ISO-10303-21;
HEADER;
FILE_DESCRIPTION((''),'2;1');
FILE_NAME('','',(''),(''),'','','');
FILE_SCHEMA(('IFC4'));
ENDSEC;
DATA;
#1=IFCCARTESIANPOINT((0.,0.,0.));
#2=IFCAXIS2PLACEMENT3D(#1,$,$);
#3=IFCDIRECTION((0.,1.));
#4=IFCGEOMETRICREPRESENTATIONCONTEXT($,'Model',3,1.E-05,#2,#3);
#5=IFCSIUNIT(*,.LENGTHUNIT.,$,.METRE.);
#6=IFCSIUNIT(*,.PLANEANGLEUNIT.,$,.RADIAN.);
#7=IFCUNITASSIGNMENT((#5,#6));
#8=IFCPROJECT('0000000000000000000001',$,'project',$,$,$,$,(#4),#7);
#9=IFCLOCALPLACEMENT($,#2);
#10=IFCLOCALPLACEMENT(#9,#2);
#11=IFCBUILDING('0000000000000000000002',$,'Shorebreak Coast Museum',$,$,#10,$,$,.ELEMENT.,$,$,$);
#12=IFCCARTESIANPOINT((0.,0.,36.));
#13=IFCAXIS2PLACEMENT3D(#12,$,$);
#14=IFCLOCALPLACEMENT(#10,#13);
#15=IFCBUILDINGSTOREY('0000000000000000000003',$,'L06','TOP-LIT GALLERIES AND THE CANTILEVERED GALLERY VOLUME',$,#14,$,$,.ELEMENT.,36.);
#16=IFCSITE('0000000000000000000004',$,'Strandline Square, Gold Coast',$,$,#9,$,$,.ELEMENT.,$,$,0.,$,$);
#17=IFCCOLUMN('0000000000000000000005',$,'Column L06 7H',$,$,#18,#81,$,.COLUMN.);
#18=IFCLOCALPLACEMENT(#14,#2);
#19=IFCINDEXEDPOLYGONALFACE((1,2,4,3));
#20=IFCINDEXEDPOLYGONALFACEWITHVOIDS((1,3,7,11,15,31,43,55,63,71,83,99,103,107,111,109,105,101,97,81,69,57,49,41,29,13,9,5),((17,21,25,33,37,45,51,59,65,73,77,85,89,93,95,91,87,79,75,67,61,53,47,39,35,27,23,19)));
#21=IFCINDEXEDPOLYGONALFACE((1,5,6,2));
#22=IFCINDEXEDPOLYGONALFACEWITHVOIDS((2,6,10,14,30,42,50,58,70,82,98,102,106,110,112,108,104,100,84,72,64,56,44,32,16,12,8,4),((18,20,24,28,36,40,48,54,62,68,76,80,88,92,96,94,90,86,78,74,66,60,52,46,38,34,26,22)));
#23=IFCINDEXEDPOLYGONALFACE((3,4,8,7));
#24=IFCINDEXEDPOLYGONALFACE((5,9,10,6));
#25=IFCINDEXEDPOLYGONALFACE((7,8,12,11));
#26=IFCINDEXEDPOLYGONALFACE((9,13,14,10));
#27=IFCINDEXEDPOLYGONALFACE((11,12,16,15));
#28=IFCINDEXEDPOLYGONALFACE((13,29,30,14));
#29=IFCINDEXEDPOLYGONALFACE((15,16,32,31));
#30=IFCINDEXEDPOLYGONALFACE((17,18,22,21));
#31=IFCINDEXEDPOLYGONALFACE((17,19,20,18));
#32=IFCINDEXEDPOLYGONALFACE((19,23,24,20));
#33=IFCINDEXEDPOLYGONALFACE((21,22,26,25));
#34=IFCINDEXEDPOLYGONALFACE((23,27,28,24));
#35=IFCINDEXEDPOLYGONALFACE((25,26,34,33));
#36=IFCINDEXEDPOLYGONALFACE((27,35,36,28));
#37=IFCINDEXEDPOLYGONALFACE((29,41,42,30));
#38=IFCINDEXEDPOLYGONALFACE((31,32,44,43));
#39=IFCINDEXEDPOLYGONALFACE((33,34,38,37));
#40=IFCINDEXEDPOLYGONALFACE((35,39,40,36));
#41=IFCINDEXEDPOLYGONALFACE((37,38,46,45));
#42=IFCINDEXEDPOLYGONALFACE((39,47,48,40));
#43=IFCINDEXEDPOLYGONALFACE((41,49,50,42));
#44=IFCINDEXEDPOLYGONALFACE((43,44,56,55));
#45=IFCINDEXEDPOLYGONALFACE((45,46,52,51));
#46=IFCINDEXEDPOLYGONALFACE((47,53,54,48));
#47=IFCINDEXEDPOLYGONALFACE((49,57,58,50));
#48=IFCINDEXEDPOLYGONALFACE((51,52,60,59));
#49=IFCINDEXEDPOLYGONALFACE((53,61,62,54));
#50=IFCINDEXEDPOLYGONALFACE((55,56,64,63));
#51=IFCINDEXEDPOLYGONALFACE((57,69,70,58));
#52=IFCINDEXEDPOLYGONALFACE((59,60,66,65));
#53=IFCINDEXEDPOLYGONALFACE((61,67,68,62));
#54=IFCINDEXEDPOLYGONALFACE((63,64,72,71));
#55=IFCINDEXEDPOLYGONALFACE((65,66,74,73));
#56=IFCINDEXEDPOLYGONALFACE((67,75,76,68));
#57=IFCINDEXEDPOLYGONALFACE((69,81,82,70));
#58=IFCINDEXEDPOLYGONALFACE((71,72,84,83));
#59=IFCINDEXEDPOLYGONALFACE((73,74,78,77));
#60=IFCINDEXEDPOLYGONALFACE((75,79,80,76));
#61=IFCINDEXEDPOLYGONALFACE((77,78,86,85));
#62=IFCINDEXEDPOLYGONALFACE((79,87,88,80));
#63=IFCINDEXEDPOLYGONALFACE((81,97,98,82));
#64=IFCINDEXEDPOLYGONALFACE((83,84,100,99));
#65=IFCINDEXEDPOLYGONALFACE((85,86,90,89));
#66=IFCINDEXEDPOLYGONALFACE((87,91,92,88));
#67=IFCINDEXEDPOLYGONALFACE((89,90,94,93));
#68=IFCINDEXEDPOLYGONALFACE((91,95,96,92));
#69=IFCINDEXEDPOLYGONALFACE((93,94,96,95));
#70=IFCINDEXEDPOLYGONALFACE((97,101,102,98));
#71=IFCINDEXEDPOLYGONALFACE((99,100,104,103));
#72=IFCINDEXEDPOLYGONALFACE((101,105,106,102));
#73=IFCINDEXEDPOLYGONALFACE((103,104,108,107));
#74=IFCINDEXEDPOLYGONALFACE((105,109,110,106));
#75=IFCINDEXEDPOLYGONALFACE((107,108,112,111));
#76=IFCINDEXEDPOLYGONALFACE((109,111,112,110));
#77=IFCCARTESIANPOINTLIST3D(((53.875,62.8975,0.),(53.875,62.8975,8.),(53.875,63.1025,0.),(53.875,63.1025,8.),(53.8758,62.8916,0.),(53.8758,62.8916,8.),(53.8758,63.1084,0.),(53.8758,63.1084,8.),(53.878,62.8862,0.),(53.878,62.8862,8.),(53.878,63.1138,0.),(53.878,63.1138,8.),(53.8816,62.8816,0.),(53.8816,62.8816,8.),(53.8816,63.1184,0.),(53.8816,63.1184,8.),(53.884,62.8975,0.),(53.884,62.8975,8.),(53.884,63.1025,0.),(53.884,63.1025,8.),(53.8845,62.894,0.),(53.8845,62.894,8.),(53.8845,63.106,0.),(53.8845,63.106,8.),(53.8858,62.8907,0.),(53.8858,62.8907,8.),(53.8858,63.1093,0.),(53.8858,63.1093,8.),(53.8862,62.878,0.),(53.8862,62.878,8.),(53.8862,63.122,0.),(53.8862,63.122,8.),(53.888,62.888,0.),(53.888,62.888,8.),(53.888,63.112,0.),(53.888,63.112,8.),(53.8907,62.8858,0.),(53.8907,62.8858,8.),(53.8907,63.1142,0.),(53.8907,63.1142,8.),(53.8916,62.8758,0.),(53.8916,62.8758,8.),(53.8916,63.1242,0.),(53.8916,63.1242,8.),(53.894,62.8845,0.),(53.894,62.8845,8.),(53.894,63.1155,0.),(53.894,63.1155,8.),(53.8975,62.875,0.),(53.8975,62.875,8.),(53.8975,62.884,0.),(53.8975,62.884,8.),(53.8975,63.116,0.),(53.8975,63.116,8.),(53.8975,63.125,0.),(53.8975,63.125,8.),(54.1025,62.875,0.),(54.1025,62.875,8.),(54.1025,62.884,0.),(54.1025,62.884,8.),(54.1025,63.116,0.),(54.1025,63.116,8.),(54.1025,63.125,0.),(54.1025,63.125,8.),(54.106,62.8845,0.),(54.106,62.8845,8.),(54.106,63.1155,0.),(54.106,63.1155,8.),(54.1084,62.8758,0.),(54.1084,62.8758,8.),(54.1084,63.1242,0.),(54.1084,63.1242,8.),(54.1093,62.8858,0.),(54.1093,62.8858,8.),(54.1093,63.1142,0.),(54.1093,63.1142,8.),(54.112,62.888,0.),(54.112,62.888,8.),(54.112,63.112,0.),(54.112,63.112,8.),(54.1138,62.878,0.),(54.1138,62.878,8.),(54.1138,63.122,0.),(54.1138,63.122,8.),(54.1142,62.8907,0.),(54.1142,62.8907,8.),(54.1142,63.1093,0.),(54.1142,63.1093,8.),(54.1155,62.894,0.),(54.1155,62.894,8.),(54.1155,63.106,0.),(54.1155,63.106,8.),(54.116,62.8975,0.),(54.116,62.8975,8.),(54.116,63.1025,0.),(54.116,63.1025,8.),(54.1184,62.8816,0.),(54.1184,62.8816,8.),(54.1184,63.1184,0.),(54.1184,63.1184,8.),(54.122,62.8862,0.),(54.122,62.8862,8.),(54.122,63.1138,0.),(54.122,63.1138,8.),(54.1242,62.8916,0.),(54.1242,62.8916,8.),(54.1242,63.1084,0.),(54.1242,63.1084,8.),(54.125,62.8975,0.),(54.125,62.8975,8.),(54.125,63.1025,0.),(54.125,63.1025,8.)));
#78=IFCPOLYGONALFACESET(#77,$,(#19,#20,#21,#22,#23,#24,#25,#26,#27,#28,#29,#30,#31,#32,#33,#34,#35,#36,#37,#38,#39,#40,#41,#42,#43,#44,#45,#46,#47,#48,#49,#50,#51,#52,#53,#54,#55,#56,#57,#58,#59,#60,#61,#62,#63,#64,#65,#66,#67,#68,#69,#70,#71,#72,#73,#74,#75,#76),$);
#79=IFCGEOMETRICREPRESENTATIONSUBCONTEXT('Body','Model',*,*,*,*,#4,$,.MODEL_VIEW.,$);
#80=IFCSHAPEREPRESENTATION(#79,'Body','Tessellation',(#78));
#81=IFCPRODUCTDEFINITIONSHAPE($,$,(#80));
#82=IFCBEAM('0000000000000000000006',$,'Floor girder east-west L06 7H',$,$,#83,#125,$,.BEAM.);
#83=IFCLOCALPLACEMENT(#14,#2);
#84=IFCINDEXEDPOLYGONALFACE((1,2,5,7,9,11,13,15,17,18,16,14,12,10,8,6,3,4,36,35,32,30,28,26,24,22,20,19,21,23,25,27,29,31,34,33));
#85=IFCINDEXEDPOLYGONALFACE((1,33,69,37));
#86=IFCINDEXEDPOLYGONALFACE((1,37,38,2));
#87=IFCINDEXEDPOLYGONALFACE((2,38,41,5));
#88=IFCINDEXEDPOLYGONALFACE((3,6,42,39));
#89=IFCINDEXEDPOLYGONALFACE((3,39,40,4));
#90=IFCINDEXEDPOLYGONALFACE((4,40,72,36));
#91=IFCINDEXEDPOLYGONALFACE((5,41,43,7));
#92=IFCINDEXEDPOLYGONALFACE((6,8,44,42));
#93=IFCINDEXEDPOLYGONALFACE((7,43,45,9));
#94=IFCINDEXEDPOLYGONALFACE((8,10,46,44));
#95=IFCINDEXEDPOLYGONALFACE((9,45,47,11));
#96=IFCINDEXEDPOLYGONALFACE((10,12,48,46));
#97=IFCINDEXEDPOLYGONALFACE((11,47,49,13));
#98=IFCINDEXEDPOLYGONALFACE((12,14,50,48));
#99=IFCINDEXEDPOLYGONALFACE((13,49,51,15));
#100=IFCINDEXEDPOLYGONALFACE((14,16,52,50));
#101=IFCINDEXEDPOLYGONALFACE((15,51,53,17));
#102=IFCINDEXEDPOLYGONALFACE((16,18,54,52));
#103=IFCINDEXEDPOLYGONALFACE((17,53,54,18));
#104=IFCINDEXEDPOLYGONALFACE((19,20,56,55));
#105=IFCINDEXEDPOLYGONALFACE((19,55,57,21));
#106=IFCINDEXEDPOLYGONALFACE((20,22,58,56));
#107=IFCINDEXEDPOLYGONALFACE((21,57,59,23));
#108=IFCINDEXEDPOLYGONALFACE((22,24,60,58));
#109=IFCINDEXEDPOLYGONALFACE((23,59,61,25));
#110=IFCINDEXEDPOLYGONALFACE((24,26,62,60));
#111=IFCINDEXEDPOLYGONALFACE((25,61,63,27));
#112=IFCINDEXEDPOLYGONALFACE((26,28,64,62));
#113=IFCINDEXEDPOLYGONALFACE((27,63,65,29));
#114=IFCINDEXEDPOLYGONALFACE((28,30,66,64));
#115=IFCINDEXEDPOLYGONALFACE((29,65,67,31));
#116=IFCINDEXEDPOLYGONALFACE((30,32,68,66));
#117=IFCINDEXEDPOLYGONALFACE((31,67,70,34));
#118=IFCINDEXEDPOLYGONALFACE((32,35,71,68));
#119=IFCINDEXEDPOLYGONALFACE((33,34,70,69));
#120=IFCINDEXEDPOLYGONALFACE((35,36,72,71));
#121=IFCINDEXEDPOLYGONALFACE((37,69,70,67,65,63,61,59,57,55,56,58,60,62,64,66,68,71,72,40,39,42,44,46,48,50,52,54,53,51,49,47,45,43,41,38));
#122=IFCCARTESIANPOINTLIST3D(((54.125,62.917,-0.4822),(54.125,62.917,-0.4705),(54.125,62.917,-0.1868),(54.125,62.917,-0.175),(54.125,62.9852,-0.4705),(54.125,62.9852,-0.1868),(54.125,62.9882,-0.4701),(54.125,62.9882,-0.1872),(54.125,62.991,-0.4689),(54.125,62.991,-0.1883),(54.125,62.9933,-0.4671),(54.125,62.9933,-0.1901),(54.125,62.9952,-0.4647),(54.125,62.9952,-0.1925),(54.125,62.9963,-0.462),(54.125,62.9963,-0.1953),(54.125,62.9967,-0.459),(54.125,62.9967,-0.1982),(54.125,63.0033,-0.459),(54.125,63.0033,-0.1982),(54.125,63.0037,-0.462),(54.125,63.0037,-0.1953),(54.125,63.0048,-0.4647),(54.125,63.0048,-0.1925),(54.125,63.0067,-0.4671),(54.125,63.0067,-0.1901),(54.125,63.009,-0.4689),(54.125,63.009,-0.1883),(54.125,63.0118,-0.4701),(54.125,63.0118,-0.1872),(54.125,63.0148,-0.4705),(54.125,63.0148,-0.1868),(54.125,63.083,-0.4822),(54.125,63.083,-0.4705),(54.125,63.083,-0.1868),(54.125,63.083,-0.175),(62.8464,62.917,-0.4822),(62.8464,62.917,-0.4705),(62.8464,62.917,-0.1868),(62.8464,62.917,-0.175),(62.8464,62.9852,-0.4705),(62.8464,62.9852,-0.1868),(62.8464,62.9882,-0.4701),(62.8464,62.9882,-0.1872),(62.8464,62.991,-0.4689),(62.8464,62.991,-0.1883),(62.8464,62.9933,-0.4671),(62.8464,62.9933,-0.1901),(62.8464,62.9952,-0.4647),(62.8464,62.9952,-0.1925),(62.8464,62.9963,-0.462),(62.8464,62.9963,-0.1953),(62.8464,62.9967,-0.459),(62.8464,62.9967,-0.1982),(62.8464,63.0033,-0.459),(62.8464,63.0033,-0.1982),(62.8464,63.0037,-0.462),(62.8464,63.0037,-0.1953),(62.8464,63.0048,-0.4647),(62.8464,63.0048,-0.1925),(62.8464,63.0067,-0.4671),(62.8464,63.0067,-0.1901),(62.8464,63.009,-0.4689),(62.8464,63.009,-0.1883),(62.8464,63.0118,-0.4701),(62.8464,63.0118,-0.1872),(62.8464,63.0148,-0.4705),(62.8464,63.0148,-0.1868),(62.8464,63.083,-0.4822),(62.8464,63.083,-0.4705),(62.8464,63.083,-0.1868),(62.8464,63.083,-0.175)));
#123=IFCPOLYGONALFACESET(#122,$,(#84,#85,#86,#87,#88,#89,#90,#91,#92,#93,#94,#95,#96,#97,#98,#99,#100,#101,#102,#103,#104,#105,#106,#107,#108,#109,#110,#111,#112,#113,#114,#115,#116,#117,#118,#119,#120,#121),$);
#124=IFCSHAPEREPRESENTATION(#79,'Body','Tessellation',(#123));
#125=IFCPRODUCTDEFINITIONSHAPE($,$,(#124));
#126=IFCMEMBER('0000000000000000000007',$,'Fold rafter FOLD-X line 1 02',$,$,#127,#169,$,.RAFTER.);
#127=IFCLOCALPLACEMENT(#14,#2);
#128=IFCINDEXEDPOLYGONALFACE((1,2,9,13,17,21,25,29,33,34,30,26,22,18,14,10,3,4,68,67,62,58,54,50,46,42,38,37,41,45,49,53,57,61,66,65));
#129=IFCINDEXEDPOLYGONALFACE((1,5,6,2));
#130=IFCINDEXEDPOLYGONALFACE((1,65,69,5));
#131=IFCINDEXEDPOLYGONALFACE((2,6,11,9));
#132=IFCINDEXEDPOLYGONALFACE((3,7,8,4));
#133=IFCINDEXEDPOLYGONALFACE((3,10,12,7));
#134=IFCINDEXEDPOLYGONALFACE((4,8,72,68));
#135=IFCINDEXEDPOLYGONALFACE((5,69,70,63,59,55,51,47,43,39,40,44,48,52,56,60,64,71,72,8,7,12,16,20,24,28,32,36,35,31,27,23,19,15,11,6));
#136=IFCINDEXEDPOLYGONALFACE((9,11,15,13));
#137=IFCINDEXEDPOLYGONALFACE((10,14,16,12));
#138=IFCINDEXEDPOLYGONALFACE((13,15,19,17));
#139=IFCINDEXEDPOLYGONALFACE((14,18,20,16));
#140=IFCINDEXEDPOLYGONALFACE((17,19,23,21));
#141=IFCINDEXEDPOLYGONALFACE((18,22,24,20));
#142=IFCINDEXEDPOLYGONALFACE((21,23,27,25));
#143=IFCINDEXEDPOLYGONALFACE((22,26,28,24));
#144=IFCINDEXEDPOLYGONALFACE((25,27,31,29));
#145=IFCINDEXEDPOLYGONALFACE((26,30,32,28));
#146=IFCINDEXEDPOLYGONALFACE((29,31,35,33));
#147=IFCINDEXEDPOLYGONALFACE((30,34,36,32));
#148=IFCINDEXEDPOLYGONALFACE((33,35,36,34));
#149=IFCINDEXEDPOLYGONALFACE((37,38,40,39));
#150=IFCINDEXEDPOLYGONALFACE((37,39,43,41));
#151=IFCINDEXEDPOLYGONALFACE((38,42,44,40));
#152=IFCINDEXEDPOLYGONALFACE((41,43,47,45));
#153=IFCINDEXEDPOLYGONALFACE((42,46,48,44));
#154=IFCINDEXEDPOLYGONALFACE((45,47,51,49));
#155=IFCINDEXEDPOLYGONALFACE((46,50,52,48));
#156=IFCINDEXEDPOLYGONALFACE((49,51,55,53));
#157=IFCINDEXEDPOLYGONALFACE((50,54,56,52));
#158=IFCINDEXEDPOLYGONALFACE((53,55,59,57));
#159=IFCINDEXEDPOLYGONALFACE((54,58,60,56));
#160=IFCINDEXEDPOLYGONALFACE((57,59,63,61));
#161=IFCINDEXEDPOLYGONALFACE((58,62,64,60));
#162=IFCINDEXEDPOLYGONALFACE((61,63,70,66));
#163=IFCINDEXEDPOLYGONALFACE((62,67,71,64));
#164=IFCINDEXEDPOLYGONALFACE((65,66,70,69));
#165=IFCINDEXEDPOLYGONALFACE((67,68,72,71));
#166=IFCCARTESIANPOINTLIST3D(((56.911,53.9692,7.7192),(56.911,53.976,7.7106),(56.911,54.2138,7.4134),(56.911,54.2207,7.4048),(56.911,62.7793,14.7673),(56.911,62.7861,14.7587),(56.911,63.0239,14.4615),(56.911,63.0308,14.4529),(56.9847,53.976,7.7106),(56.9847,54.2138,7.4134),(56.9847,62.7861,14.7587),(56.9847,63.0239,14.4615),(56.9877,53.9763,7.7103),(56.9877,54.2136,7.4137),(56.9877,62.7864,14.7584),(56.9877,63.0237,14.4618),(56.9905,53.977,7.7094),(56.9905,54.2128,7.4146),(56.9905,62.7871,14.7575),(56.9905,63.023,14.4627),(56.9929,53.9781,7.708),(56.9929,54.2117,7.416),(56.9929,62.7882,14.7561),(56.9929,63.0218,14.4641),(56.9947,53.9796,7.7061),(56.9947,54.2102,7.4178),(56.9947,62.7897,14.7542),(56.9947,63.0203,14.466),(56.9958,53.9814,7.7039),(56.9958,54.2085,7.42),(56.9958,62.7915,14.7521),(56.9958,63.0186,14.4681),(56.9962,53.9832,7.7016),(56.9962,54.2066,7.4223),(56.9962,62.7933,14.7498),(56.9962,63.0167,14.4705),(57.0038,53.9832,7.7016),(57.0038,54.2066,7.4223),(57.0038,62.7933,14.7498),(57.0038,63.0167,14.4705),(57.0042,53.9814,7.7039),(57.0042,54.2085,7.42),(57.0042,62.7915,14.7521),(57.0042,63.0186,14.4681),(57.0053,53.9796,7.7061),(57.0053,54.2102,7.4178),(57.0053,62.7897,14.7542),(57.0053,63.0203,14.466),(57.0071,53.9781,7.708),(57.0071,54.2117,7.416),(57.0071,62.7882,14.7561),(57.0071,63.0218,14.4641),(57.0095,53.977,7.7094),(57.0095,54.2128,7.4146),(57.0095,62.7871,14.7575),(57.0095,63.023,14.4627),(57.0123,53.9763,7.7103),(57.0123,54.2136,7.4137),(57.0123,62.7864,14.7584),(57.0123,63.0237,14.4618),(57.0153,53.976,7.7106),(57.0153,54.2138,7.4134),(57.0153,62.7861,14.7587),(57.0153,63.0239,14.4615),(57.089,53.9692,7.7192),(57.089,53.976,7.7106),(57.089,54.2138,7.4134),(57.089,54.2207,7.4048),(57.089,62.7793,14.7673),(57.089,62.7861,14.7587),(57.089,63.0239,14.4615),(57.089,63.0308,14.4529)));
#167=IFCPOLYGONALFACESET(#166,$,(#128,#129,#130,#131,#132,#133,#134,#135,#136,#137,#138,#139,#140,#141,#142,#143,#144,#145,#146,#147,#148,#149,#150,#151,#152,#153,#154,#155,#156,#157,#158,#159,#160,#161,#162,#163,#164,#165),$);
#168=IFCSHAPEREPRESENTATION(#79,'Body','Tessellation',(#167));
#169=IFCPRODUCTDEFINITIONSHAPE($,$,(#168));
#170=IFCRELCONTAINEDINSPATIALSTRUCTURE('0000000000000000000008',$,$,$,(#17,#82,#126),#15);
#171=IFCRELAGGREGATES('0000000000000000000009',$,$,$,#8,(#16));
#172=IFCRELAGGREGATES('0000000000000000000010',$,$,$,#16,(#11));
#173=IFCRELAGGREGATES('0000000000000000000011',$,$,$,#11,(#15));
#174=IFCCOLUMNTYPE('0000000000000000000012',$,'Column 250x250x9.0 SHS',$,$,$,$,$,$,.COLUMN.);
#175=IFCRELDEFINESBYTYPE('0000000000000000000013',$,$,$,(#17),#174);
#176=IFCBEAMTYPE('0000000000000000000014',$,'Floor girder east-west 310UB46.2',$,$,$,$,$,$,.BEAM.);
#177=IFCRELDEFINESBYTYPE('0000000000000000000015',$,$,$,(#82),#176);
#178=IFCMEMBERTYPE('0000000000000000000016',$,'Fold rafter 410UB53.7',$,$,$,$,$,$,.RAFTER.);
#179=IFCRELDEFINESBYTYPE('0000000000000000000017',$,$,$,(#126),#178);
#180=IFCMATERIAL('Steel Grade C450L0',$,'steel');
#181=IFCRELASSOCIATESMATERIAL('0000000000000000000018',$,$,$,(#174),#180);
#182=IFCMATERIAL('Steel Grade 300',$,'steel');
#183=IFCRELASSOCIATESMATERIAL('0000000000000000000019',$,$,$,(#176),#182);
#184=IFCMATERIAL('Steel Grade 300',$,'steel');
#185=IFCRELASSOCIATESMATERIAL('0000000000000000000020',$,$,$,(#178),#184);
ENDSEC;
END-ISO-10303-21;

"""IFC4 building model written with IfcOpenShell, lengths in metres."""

from ifc_helpers import new_model, si_unit, direction, frame, origin, origin_2d, place, context, subcontext, project, spatial, hollow_rectangle, i_section, extrude, material, material_profile, profile_set, type_object, element, save


model = new_model("IFC4")

# Units and contexts
model_context = context("Model", 3, precision=1e-05, world=origin(), true_north=direction((0.0, 1.0)))
body_context = subcontext(model_context, "Body", "Model", "MODEL_VIEW")
ifc_project = project(units=[si_unit("LENGTHUNIT", "METRE"), si_unit("PLANEANGLEUNIT", "RADIAN")], contexts=[model_context])

# Site, building, storey
site_placement = place(None, origin())
site = spatial("IfcSite", under=ifc_project, at=site_placement, Name="Strandline Square, Gold Coast", CompositionType="ELEMENT", RefElevation=0.0)
building_placement = place(site_placement, origin())
building = spatial("IfcBuilding", under=site, at=building_placement, Name="Shorebreak Coast Museum", CompositionType="ELEMENT")
storey_placement = place(building_placement, frame((0.0, 0.0, 36.0)))
storey = spatial("IfcBuildingStorey", under=building, at=storey_placement, Name="L06", Description="TOP-LIT GALLERIES AND THE CANTILEVERED GALLERY VOLUME", CompositionType="ELEMENT", Elevation=36.0)

# Column
ifc_material_1 = material(Name="Steel Grade C450L0", Category="steel")
ifc_material_profile_1 = material_profile(ifc_material_1, hollow_rectangle(XDim=0.25, YDim=0.25, WallThickness=0.009, InnerFilletRadius=0.0134, OuterFilletRadius=0.0225, at=origin_2d()), Name="250x250x9.0 SHS")
ifc_profile_set_1 = profile_set([ifc_material_profile_1], Name="Steel Grade C450L0")
column_type = type_object("IfcColumnType", Name="Column 250x250x9.0 SHS", PredefinedType="COLUMN", material=ifc_profile_set_1)
column_placement = place(storey_placement, frame((54.0, 63.0, 0.0), z_axis=(0.0, 0.0, 1.0), x_axis=(1.0, 0.0, 0.0)))
element("IfcColumn", 1, at=column_placement, inside=storey, type_object=column_type, Name="Column L06 7H", PredefinedType="COLUMN", context=body_context, shape_type="SweptSolid", body=[
    extrude(hollow_rectangle(XDim=0.25, YDim=0.25, WallThickness=0.009, InnerFilletRadius=0.0134, OuterFilletRadius=0.0225, at=origin_2d()), origin(), (0.0, 0.0, 1.0), 8.0),
])

# Beam
ifc_material_2 = material(Name="Steel Grade 300", Category="steel")
ifc_material_profile_2 = material_profile(ifc_material_2, i_section(OverallWidth=0.166, OverallDepth=0.3071, WebThickness=0.0066, FlangeThickness=0.0117, FilletRadius=0.0115, at=origin_2d()), Name="310UB46.2")
ifc_profile_set_2 = profile_set([ifc_material_profile_2], Name="Steel Grade 300")
beam_type_1 = type_object("IfcBeamType", Name="Floor girder east-west 310UB46.2", PredefinedType="BEAM", material=ifc_profile_set_2)
beam_1_placement = place(storey_placement, frame((54.125, 63.0, -0.3286), z_axis=(1.0, 0.0, 0.0), x_axis=(0.0, 1.0, 0.0)))
element("IfcBeam", 2, at=beam_1_placement, inside=storey, type_object=beam_type_1, Name="Floor girder east-west L06 7H", PredefinedType="BEAM", context=body_context, shape_type="SweptSolid", body=[
    extrude(i_section(OverallWidth=0.166, OverallDepth=0.3071, WebThickness=0.0066, FlangeThickness=0.0117, FilletRadius=0.0115, at=origin_2d()), origin(), (0.0, 0.0, 1.0), 8.7214),
])

# Member
ifc_material_3 = material(Name="Steel Grade 300", Category="steel")
ifc_material_profile_3 = material_profile(ifc_material_3, i_section(OverallWidth=0.178, OverallDepth=0.4026, WebThickness=0.0076, FlangeThickness=0.011, FilletRadius=0.0115, at=origin_2d()), Name="410UB53.7")
ifc_profile_set_3 = profile_set([ifc_material_profile_3], Name="Steel Grade 300")
member_type_1 = type_object("IfcMemberType", Name="Fold rafter 410UB53.7", PredefinedType="RAFTER", material=ifc_profile_set_3)
for number, where, z_axis, x_axis, name in (
    (3, (57.0, 62.905, 14.6101), (0.0, -0.780867, -0.624698), (1.0, 0.0, 0.0), "Fold rafter FOLD-X line 1 02"),
):
    element("IfcMember", number, at=place(storey_placement, frame(where, z_axis=z_axis, x_axis=x_axis)), inside=storey, type_object=member_type_1, Name=name, PredefinedType="RAFTER", context=body_context, shape_type="SweptSolid", body=[
        extrude(i_section(OverallWidth=0.178, OverallDepth=0.4026, WebThickness=0.0076, FlangeThickness=0.011, FilletRadius=0.0115, at=origin_2d()), origin(), (0.0, 0.0, 1.0), 11.2825),
    ])

save(model, "model.ifc")
